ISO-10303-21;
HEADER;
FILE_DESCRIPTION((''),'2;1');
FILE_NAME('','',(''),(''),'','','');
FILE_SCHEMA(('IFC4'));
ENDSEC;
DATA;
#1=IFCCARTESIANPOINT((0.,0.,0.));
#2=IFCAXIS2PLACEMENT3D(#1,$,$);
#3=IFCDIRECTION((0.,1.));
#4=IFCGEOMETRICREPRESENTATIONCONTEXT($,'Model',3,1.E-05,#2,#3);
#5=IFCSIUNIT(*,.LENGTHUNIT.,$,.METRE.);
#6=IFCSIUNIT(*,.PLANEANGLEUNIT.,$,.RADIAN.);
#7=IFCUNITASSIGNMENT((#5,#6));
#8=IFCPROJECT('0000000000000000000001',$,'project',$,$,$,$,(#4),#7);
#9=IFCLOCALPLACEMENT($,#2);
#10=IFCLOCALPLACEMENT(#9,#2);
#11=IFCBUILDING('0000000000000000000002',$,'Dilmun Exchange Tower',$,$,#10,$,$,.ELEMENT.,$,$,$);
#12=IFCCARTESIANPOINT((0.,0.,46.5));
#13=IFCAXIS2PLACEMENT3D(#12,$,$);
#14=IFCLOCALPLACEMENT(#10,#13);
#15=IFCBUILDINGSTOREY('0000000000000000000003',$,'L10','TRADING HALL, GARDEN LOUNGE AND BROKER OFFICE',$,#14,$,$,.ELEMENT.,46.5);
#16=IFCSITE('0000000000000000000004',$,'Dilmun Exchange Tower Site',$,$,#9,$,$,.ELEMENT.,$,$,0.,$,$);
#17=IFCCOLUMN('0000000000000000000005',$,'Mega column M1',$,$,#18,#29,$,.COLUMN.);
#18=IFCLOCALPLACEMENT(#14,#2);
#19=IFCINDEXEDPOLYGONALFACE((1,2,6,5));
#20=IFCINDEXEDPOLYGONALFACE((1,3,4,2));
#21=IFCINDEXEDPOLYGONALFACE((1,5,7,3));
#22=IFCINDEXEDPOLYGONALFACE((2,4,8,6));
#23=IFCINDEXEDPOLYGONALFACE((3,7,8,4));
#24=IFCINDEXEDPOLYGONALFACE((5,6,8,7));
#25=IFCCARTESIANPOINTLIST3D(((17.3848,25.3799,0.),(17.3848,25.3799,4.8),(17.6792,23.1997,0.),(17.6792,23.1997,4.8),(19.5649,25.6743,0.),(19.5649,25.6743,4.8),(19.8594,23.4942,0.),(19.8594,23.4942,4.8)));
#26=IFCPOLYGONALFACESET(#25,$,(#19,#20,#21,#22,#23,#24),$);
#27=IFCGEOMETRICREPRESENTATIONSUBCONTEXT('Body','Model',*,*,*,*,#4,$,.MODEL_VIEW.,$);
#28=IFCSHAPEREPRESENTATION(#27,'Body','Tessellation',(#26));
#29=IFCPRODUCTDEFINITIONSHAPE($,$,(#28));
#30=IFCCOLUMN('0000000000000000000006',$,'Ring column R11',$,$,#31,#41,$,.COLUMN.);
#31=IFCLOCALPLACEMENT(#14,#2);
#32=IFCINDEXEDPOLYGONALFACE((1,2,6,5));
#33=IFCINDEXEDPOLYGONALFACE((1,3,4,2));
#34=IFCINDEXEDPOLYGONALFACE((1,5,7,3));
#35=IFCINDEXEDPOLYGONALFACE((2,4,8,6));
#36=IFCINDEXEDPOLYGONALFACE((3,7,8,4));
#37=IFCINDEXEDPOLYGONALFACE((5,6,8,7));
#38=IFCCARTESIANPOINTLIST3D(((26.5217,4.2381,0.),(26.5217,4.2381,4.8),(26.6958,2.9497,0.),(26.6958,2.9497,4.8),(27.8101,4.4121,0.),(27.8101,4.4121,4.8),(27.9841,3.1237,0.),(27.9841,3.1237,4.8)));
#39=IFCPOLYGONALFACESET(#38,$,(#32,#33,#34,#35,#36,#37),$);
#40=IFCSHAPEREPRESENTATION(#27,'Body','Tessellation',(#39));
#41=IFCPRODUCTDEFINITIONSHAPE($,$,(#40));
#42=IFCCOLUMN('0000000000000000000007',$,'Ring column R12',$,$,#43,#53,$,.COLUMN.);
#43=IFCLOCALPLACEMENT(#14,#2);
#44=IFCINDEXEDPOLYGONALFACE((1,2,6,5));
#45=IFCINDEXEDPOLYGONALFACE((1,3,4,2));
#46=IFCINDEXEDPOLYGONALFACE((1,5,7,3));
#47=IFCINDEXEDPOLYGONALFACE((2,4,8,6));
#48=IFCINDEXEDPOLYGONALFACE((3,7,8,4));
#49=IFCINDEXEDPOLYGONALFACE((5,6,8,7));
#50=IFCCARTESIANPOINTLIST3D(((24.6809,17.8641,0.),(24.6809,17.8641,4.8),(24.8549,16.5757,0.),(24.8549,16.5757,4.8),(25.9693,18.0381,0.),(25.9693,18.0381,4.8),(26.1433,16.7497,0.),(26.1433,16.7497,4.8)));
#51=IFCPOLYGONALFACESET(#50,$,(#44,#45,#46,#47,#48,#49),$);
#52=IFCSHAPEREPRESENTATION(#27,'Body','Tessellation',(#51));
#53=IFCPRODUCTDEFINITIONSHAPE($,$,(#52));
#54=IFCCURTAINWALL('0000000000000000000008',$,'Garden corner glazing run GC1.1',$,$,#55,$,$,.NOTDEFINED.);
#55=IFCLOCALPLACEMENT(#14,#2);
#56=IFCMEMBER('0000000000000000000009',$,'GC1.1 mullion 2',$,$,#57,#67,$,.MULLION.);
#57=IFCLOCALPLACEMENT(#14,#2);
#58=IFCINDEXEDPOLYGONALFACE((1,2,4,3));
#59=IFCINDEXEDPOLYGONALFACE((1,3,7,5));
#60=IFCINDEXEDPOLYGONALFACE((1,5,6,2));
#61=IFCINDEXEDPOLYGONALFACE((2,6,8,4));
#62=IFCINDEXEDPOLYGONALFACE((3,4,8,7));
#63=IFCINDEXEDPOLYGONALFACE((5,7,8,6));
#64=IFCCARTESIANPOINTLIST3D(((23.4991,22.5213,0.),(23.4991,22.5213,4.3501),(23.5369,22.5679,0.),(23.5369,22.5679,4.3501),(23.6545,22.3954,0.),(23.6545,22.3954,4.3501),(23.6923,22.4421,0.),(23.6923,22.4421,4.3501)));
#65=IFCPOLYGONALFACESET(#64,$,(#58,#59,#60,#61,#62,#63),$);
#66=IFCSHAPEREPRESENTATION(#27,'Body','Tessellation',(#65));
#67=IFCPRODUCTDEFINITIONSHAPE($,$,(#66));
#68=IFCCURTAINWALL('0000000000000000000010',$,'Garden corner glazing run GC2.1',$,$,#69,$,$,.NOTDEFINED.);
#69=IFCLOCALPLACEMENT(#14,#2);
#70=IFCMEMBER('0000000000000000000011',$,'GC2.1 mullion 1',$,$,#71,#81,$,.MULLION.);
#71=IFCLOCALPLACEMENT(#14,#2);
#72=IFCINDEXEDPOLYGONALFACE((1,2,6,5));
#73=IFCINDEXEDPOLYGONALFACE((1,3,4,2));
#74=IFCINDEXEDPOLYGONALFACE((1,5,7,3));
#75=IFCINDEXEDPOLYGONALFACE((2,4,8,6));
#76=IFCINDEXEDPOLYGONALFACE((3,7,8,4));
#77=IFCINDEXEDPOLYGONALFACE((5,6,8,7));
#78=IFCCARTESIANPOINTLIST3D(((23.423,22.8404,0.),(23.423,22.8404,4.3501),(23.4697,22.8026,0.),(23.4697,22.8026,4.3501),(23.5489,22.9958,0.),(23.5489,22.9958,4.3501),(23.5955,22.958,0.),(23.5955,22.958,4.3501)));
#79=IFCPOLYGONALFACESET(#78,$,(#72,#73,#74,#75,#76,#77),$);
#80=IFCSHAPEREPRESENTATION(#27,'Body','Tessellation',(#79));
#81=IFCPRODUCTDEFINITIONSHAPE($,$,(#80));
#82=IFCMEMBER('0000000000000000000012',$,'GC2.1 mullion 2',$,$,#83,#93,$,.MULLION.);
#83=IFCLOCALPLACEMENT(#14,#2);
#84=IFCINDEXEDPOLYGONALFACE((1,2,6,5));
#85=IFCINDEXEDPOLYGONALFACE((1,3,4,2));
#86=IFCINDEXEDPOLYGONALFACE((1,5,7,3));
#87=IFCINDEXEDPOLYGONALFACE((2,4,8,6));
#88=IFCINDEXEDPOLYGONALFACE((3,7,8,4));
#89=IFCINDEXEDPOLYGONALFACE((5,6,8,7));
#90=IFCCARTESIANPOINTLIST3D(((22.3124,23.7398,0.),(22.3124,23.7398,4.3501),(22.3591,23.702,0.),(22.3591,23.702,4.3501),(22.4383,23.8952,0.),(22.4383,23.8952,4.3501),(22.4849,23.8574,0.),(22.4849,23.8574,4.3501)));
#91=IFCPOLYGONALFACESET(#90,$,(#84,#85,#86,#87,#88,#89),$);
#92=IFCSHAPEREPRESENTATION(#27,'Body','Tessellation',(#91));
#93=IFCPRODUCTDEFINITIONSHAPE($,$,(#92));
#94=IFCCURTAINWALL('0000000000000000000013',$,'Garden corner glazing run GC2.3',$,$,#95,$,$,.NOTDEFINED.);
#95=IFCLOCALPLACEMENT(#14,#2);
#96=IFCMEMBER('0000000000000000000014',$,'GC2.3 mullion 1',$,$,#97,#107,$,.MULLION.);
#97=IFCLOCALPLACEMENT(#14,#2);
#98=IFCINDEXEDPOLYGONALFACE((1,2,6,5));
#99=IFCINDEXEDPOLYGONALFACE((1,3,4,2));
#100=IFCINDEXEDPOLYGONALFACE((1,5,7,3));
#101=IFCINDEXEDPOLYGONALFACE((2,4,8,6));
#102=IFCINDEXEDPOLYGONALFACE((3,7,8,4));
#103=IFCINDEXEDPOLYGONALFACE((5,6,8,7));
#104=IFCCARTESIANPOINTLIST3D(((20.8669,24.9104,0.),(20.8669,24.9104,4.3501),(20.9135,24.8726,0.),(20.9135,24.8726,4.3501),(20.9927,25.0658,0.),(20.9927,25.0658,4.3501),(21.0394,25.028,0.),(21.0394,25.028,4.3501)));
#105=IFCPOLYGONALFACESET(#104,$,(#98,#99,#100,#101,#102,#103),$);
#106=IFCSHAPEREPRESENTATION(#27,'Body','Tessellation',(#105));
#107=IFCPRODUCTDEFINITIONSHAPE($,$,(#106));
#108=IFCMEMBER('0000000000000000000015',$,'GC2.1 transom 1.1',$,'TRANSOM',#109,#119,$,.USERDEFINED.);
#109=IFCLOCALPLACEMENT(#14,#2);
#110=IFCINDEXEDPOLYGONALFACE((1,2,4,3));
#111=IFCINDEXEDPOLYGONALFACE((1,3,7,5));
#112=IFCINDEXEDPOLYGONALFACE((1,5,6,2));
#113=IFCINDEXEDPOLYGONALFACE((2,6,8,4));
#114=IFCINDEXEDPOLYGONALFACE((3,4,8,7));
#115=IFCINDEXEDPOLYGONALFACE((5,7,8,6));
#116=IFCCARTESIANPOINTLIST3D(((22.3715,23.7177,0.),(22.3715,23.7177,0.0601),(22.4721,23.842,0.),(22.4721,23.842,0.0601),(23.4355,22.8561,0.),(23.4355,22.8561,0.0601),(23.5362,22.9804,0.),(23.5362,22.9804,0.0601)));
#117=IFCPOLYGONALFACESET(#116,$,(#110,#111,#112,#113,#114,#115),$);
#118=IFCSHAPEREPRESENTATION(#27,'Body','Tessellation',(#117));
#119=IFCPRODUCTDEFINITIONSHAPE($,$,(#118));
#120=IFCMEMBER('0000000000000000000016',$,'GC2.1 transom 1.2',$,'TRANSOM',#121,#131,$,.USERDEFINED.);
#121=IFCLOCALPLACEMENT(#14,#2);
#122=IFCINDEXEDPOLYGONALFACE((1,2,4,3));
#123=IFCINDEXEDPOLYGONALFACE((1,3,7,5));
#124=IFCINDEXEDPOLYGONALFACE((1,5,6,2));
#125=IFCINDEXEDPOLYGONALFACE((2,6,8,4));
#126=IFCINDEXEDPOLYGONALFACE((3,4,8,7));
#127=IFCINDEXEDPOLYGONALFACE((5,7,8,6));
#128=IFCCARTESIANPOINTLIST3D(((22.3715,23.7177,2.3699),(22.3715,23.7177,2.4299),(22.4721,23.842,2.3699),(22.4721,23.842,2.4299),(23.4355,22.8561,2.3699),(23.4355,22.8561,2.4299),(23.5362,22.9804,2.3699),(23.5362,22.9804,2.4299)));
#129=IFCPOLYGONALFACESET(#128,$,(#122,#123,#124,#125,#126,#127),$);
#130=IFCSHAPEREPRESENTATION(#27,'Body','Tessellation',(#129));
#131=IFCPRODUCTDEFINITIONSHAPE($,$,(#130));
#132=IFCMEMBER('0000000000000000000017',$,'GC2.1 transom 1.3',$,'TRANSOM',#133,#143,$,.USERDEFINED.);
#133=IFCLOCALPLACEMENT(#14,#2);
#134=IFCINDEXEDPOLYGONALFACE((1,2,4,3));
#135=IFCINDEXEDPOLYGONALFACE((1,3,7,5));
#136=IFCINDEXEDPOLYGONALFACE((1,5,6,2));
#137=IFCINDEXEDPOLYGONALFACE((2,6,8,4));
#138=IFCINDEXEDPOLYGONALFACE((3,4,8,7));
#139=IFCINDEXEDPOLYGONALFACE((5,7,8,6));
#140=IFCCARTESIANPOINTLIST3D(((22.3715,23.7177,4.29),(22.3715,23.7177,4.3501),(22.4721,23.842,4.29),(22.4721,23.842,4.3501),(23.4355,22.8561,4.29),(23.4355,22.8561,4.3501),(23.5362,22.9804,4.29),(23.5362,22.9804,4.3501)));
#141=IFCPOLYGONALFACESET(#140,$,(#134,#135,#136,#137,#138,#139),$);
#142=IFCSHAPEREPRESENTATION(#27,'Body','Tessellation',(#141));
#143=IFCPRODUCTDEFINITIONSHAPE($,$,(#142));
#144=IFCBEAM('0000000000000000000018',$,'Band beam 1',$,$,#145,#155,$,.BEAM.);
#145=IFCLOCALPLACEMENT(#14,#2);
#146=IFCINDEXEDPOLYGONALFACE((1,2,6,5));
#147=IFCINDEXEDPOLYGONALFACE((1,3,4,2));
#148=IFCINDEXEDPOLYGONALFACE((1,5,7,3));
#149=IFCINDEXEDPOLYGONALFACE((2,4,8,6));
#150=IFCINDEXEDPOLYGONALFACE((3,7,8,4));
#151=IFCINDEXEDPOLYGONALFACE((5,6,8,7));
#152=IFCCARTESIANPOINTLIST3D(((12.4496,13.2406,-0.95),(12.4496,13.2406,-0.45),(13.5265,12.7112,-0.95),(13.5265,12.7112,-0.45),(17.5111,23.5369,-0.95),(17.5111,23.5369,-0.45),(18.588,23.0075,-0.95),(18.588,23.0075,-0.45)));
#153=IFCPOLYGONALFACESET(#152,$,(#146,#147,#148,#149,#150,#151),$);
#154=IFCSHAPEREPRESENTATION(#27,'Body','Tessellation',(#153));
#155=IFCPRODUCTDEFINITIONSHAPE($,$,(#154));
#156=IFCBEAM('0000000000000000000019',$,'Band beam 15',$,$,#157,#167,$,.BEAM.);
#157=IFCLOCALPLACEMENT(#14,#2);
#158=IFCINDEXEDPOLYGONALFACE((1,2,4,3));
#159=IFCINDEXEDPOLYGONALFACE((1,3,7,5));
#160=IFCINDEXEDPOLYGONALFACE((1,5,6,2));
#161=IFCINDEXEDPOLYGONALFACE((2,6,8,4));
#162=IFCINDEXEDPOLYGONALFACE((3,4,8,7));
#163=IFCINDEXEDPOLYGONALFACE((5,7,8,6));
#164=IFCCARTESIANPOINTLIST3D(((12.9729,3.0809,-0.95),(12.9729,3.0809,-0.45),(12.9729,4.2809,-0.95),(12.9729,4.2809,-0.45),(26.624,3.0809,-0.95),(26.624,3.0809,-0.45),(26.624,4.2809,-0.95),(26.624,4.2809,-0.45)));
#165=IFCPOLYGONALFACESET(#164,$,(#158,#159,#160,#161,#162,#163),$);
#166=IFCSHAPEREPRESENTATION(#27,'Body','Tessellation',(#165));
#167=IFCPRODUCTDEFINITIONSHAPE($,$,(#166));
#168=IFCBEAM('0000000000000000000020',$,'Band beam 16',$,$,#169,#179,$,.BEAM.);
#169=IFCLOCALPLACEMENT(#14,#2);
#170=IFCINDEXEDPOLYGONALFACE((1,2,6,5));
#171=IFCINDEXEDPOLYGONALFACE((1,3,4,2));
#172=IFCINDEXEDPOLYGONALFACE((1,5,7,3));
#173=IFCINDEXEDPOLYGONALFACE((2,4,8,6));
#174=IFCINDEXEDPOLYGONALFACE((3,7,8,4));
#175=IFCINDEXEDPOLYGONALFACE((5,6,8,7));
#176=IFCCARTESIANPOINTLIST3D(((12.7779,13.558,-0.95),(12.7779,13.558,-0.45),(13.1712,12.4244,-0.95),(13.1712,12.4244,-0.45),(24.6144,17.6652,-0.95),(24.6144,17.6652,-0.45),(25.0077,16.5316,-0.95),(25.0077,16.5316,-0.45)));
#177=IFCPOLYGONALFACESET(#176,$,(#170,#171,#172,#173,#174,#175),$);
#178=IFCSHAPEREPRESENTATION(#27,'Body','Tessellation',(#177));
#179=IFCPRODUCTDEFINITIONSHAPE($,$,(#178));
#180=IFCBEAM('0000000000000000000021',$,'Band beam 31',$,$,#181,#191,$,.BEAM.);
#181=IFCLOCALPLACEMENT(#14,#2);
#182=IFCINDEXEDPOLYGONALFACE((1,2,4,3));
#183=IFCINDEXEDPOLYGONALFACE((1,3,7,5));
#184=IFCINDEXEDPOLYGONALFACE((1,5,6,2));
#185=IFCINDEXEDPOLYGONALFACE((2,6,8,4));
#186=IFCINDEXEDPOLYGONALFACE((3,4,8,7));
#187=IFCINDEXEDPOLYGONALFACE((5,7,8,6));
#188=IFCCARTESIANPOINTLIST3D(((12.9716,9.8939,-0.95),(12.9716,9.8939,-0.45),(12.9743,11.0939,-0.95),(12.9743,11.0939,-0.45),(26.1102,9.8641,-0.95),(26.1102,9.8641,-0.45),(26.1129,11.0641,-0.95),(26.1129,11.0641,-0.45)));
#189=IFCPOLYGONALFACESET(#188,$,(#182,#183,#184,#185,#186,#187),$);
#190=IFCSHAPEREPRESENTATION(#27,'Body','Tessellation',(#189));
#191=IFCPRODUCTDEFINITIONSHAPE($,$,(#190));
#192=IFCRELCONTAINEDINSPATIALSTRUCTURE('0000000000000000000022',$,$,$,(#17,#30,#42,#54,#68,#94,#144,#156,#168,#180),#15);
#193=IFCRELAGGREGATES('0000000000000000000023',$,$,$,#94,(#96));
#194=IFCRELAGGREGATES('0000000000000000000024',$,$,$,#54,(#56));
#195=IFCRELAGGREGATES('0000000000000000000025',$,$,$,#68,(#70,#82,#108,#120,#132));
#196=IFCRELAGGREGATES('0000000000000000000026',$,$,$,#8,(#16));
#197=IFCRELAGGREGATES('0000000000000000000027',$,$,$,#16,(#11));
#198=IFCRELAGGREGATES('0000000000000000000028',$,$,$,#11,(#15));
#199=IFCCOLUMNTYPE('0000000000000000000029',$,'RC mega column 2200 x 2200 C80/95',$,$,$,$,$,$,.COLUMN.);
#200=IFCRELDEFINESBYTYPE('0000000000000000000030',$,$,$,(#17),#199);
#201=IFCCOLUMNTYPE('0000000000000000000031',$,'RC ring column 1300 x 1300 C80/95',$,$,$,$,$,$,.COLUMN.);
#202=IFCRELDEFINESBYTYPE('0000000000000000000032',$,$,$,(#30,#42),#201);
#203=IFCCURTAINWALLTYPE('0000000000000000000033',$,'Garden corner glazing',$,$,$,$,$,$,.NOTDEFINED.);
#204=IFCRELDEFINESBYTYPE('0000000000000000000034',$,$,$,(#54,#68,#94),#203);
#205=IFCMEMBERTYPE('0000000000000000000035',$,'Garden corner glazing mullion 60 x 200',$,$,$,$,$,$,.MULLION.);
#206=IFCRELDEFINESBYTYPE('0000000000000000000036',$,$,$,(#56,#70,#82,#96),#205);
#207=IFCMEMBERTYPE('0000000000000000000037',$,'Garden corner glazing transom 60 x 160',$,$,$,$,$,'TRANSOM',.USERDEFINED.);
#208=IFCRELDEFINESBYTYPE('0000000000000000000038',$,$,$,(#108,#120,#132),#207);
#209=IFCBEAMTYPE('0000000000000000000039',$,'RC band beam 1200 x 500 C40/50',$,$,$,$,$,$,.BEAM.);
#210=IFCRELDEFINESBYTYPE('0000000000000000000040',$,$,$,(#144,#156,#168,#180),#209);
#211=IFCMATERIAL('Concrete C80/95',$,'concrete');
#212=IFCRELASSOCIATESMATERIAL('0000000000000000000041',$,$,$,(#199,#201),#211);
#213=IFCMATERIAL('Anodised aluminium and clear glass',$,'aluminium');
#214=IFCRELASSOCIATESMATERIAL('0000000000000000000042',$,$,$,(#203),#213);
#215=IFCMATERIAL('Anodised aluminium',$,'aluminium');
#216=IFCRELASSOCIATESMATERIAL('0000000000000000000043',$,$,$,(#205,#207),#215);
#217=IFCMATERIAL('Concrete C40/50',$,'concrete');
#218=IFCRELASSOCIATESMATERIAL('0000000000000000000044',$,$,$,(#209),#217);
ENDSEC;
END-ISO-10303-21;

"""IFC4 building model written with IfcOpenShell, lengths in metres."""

from ifc_helpers import new_model, si_unit, direction, frame, origin, origin_2d, place, context, subcontext, project, spatial, rectangle, extrude, material, material_profile, profile_set, type_object, element, aggregate, save


model = new_model("IFC4")

# Units and contexts
model_context = context("Model", 3, precision=1e-05, world=origin(), true_north=direction((0.0, 1.0)))
body_context = subcontext(model_context, "Body", "Model", "MODEL_VIEW")
ifc_project = project(units=[si_unit("LENGTHUNIT", "METRE"), si_unit("PLANEANGLEUNIT", "RADIAN")], contexts=[model_context])

# Site, building, storey
site_placement = place(None, origin())
site = spatial("IfcSite", under=ifc_project, at=site_placement, Name="Dilmun Exchange Tower Site", CompositionType="ELEMENT", RefElevation=0.0)
building_placement = place(site_placement, origin())
building = spatial("IfcBuilding", under=site, at=building_placement, Name="Dilmun Exchange Tower", CompositionType="ELEMENT")
storey_placement = place(building_placement, frame((0.0, 0.0, 46.5)))
storey = spatial("IfcBuildingStorey", under=building, at=storey_placement, Name="L10", Description="TRADING HALL, GARDEN LOUNGE AND BROKER OFFICE", CompositionType="ELEMENT", Elevation=46.5)

# Columns
ifc_material_1 = material(Name="Concrete C80/95", Category="concrete")
ifc_material_profile_1 = material_profile(ifc_material_1, rectangle(XDim=2.2, YDim=2.2, at=origin_2d()), Name="2200 x 2200")
ifc_profile_set_1 = profile_set([ifc_material_profile_1], Name="Concrete C80/95")
column_type_1 = type_object("IfcColumnType", Name="RC mega column 2200 x 2200 C80/95", PredefinedType="COLUMN", material=ifc_profile_set_1)
column_placement = place(storey_placement, frame((18.6221, 24.437, 0.0), z_axis=(0.0, 0.0, 1.0), x_axis=(0.991001, 0.133853, 0.0)))
element("IfcColumn", 1, at=column_placement, inside=storey, type_object=column_type_1, Name="Mega column M1", PredefinedType="COLUMN", context=body_context, shape_type="SweptSolid", body=[
    extrude(rectangle(XDim=2.2, YDim=2.2, at=origin_2d()), origin(), (0.0, 0.0, 1.0), 4.8),
])
ifc_material_profile_2 = material_profile(ifc_material_1, rectangle(XDim=1.3, YDim=1.3, at=origin_2d()), Name="1300 x 1300")
ifc_profile_set_2 = profile_set([ifc_material_profile_2], Name="Concrete C80/95")
column_type_2 = type_object("IfcColumnType", Name="RC ring column 1300 x 1300 C80/95", PredefinedType="COLUMN", material=ifc_profile_set_2)
for number, where, z_axis, x_axis, name in (
    (2, (27.2529, 3.6809, 0.0), (0.0, 0.0, 1.0), (0.991001, 0.133853, 0.0), "Ring column R11"),
    (3, (25.4121, 17.3069, 0.0), (0.0, 0.0, 1.0), (0.991001, 0.133853, 0.0), "Ring column R12"),
):
    element("IfcColumn", number, at=place(storey_placement, frame(where, z_axis=z_axis, x_axis=x_axis)), inside=storey, type_object=column_type_2, Name=name, PredefinedType="COLUMN", context=body_context, shape_type="SweptSolid", body=[
        extrude(rectangle(XDim=1.3, YDim=1.3, at=origin_2d()), origin(), (0.0, 0.0, 1.0), 4.8),
    ])

# Curtain wall, member
ifc_material_2 = material(Name="Anodised aluminium and clear glass", Category="aluminium")
curtain_wall_type = type_object("IfcCurtainWallType", Name="Garden corner glazing", PredefinedType="NOTDEFINED", material=ifc_material_2)
curtain_wall_1_placement = place(storey_placement, origin())
curtain_wall_1 = element("IfcCurtainWall", 4, at=curtain_wall_1_placement, inside=storey, type_object=curtain_wall_type, Name="Garden corner glazing run GC1.1", PredefinedType="NOTDEFINED")
ifc_material_3 = material(Name="Anodised aluminium", Category="aluminium")
ifc_material_profile_3 = material_profile(ifc_material_3, rectangle(XDim=0.2, YDim=0.0601, at=origin_2d()), Name="AL 60x200")
ifc_profile_set_3 = profile_set([ifc_material_profile_3], Name="Anodised aluminium")
member_type_1 = type_object("IfcMemberType", Name="Garden corner glazing mullion 60 x 200", PredefinedType="MULLION", material=ifc_profile_set_3)
member_1_placement = place(storey_placement, frame((23.5957, 22.4817, 0.0), z_axis=(0.0, 0.0, 1.0), x_axis=(0.777139, -0.629329, 0.0)))
member_1 = element("IfcMember", 5, at=member_1_placement, type_object=member_type_1, Name="GC1.1 mullion 2", PredefinedType="MULLION", context=body_context, shape_type="SweptSolid", body=[
    extrude(rectangle(XDim=0.2, YDim=0.0601, at=origin_2d()), origin(), (0.0, 0.0, 1.0), 4.3501),
])

# Curtain wall, members
curtain_wall_2_placement = place(storey_placement, origin())
curtain_wall_2 = element("IfcCurtainWall", 6, at=curtain_wall_2_placement, inside=storey, type_object=curtain_wall_type, Name="Garden corner glazing run GC2.1", PredefinedType="NOTDEFINED")
member_2_placement = place(storey_placement, frame((23.5093, 22.8992, 0.0), z_axis=(0.0, 0.0, 1.0), x_axis=(-0.629328, -0.77714, 0.0)))
member_2 = element("IfcMember", 7, at=member_2_placement, type_object=member_type_1, Name="GC2.1 mullion 1", PredefinedType="MULLION", context=body_context, shape_type="SweptSolid", body=[
    extrude(rectangle(XDim=0.2, YDim=0.0601, at=origin_2d()), origin(), (0.0, 0.0, 1.0), 4.3501),
])
member_3_placement = place(storey_placement, frame((22.3987, 23.7986, 0.0), z_axis=(0.0, 0.0, 1.0), x_axis=(-0.629328, -0.77714, 0.0)))
member_3 = element("IfcMember", 8, at=member_3_placement, type_object=member_type_1, Name="GC2.1 mullion 2", PredefinedType="MULLION", context=body_context, shape_type="SweptSolid", body=[
    extrude(rectangle(XDim=0.2, YDim=0.0601, at=origin_2d()), origin(), (0.0, 0.0, 1.0), 4.3501),
])

# Curtain wall, member
curtain_wall_3_placement = place(storey_placement, origin())
curtain_wall_3 = element("IfcCurtainWall", 9, at=curtain_wall_3_placement, inside=storey, type_object=curtain_wall_type, Name="Garden corner glazing run GC2.3", PredefinedType="NOTDEFINED")
member_4_placement = place(storey_placement, frame((20.9531, 24.9692, 0.0), z_axis=(0.0, 0.0, 1.0), x_axis=(-0.629308, -0.777156, 0.0)))
member_4 = element("IfcMember", 10, at=member_4_placement, type_object=member_type_1, Name="GC2.3 mullion 1", PredefinedType="MULLION", context=body_context, shape_type="SweptSolid", body=[
    extrude(rectangle(XDim=0.2, YDim=0.0601, at=origin_2d()), origin(), (0.0, 0.0, 1.0), 4.3501),
])
aggregate(curtain_wall_3, [member_4])

# Members
ifc_material_profile_4 = material_profile(ifc_material_3, rectangle(XDim=0.1599, YDim=0.0601, at=origin_2d()), Name="AL 60x160")
ifc_profile_set_4 = profile_set([ifc_material_profile_4], Name="Anodised aluminium")
member_type_2 = type_object("IfcMemberType", Name="Garden corner glazing transom 60 x 160", ElementType="TRANSOM", PredefinedType="USERDEFINED", material=ifc_profile_set_4)
member_5_placement = place(storey_placement, frame((23.4858, 22.9182, 0.03), z_axis=(-0.777149, 0.629316, 0.0), x_axis=(-0.629316, -0.777149, 0.0)))
member_5 = element("IfcMember", 11, at=member_5_placement, type_object=member_type_2, Name="GC2.1 transom 1.1", ObjectType="TRANSOM", PredefinedType="USERDEFINED", context=body_context, shape_type="SweptSolid", body=[
    extrude(rectangle(XDim=0.1599, YDim=0.0601, at=origin_2d()), origin(), (0.0, 0.0, 1.0), 1.3691),
])
member_6_placement = place(storey_placement, frame((23.4858, 22.9182, 2.3999), z_axis=(-0.777149, 0.629316, 0.0), x_axis=(-0.629316, -0.777149, 0.0)))
member_6 = element("IfcMember", 12, at=member_6_placement, type_object=member_type_2, Name="GC2.1 transom 1.2", ObjectType="TRANSOM", PredefinedType="USERDEFINED", context=body_context, shape_type="SweptSolid", body=[
    extrude(rectangle(XDim=0.1599, YDim=0.0601, at=origin_2d()), origin(), (0.0, 0.0, 1.0), 1.3691),
])
member_7_placement = place(storey_placement, frame((23.4858, 22.9182, 4.3201), z_axis=(-0.777149, 0.629316, 0.0), x_axis=(-0.629316, -0.777149, 0.0)))
member_7 = element("IfcMember", 13, at=member_7_placement, type_object=member_type_2, Name="GC2.1 transom 1.3", ObjectType="TRANSOM", PredefinedType="USERDEFINED", context=body_context, shape_type="SweptSolid", body=[
    extrude(rectangle(XDim=0.1599, YDim=0.0601, at=origin_2d()), origin(), (0.0, 0.0, 1.0), 1.3691),
])

# Beams
ifc_material_4 = material(Name="Concrete C40/50", Category="concrete")
ifc_material_profile_5 = material_profile(ifc_material_4, rectangle(XDim=1.2, YDim=0.5, at=origin_2d()), Name="1200 x 500")
ifc_profile_set_5 = profile_set([ifc_material_profile_5], Name="Concrete C40/50")
beam_type_1 = type_object("IfcBeamType", Name="RC band beam 1200 x 500 C40/50", PredefinedType="BEAM", material=ifc_profile_set_5)
beam_1_placement = place(storey_placement, frame((18.0496, 23.2722, -0.7), z_axis=(-0.44116, -0.897428, 0.0), x_axis=(0.897428, -0.44116, 0.0)))
element("IfcBeam", 14, at=beam_1_placement, inside=storey, type_object=beam_type_1, Name="Band beam 1", PredefinedType="BEAM", context=body_context, shape_type="SweptSolid", body=[
    extrude(rectangle(XDim=1.2, YDim=0.5, at=origin_2d()), origin(), (0.0, 0.0, 1.0), 11.4731),
])
beam_2_placement = place(storey_placement, frame((26.624, 3.6809, -0.7), z_axis=(-1.0, 0.0, 0.0), x_axis=(0.0, -1.0, 0.0)))
element("IfcBeam", 15, at=beam_2_placement, inside=storey, type_object=beam_type_1, Name="Band beam 15", PredefinedType="BEAM", context=body_context, shape_type="SweptSolid", body=[
    extrude(rectangle(XDim=1.2, YDim=0.5, at=origin_2d()), origin(), (0.0, 0.0, 1.0), 13.6511),
])
beam_3_placement = place(storey_placement, frame((24.811, 17.0984, -0.7), z_axis=(-0.94474, -0.32782, 0.0), x_axis=(0.32782, -0.94474, 0.0)))
element("IfcBeam", 16, at=beam_3_placement, inside=storey, type_object=beam_type_1, Name="Band beam 16", PredefinedType="BEAM", context=body_context, shape_type="SweptSolid", body=[
    extrude(rectangle(XDim=1.2, YDim=0.5, at=origin_2d()), origin(), (0.0, 0.0, 1.0), 12.5288),
])
beam_4_placement = place(storey_placement, frame((26.1116, 10.4641, -0.7), z_axis=(-0.999997, 0.002267, 0.0), x_axis=(-0.002267, -0.999997, 0.0)))
element("IfcBeam", 17, at=beam_4_placement, inside=storey, type_object=beam_type_1, Name="Band beam 31", PredefinedType="BEAM", context=body_context, shape_type="SweptSolid", body=[
    extrude(rectangle(XDim=1.2, YDim=0.5, at=origin_2d()), origin(), (0.0, 0.0, 1.0), 13.1387),
])

aggregate(curtain_wall_1, [member_1])
aggregate(curtain_wall_2, [member_2, member_3, member_5, member_6, member_7])

save(model, "model.ifc")
